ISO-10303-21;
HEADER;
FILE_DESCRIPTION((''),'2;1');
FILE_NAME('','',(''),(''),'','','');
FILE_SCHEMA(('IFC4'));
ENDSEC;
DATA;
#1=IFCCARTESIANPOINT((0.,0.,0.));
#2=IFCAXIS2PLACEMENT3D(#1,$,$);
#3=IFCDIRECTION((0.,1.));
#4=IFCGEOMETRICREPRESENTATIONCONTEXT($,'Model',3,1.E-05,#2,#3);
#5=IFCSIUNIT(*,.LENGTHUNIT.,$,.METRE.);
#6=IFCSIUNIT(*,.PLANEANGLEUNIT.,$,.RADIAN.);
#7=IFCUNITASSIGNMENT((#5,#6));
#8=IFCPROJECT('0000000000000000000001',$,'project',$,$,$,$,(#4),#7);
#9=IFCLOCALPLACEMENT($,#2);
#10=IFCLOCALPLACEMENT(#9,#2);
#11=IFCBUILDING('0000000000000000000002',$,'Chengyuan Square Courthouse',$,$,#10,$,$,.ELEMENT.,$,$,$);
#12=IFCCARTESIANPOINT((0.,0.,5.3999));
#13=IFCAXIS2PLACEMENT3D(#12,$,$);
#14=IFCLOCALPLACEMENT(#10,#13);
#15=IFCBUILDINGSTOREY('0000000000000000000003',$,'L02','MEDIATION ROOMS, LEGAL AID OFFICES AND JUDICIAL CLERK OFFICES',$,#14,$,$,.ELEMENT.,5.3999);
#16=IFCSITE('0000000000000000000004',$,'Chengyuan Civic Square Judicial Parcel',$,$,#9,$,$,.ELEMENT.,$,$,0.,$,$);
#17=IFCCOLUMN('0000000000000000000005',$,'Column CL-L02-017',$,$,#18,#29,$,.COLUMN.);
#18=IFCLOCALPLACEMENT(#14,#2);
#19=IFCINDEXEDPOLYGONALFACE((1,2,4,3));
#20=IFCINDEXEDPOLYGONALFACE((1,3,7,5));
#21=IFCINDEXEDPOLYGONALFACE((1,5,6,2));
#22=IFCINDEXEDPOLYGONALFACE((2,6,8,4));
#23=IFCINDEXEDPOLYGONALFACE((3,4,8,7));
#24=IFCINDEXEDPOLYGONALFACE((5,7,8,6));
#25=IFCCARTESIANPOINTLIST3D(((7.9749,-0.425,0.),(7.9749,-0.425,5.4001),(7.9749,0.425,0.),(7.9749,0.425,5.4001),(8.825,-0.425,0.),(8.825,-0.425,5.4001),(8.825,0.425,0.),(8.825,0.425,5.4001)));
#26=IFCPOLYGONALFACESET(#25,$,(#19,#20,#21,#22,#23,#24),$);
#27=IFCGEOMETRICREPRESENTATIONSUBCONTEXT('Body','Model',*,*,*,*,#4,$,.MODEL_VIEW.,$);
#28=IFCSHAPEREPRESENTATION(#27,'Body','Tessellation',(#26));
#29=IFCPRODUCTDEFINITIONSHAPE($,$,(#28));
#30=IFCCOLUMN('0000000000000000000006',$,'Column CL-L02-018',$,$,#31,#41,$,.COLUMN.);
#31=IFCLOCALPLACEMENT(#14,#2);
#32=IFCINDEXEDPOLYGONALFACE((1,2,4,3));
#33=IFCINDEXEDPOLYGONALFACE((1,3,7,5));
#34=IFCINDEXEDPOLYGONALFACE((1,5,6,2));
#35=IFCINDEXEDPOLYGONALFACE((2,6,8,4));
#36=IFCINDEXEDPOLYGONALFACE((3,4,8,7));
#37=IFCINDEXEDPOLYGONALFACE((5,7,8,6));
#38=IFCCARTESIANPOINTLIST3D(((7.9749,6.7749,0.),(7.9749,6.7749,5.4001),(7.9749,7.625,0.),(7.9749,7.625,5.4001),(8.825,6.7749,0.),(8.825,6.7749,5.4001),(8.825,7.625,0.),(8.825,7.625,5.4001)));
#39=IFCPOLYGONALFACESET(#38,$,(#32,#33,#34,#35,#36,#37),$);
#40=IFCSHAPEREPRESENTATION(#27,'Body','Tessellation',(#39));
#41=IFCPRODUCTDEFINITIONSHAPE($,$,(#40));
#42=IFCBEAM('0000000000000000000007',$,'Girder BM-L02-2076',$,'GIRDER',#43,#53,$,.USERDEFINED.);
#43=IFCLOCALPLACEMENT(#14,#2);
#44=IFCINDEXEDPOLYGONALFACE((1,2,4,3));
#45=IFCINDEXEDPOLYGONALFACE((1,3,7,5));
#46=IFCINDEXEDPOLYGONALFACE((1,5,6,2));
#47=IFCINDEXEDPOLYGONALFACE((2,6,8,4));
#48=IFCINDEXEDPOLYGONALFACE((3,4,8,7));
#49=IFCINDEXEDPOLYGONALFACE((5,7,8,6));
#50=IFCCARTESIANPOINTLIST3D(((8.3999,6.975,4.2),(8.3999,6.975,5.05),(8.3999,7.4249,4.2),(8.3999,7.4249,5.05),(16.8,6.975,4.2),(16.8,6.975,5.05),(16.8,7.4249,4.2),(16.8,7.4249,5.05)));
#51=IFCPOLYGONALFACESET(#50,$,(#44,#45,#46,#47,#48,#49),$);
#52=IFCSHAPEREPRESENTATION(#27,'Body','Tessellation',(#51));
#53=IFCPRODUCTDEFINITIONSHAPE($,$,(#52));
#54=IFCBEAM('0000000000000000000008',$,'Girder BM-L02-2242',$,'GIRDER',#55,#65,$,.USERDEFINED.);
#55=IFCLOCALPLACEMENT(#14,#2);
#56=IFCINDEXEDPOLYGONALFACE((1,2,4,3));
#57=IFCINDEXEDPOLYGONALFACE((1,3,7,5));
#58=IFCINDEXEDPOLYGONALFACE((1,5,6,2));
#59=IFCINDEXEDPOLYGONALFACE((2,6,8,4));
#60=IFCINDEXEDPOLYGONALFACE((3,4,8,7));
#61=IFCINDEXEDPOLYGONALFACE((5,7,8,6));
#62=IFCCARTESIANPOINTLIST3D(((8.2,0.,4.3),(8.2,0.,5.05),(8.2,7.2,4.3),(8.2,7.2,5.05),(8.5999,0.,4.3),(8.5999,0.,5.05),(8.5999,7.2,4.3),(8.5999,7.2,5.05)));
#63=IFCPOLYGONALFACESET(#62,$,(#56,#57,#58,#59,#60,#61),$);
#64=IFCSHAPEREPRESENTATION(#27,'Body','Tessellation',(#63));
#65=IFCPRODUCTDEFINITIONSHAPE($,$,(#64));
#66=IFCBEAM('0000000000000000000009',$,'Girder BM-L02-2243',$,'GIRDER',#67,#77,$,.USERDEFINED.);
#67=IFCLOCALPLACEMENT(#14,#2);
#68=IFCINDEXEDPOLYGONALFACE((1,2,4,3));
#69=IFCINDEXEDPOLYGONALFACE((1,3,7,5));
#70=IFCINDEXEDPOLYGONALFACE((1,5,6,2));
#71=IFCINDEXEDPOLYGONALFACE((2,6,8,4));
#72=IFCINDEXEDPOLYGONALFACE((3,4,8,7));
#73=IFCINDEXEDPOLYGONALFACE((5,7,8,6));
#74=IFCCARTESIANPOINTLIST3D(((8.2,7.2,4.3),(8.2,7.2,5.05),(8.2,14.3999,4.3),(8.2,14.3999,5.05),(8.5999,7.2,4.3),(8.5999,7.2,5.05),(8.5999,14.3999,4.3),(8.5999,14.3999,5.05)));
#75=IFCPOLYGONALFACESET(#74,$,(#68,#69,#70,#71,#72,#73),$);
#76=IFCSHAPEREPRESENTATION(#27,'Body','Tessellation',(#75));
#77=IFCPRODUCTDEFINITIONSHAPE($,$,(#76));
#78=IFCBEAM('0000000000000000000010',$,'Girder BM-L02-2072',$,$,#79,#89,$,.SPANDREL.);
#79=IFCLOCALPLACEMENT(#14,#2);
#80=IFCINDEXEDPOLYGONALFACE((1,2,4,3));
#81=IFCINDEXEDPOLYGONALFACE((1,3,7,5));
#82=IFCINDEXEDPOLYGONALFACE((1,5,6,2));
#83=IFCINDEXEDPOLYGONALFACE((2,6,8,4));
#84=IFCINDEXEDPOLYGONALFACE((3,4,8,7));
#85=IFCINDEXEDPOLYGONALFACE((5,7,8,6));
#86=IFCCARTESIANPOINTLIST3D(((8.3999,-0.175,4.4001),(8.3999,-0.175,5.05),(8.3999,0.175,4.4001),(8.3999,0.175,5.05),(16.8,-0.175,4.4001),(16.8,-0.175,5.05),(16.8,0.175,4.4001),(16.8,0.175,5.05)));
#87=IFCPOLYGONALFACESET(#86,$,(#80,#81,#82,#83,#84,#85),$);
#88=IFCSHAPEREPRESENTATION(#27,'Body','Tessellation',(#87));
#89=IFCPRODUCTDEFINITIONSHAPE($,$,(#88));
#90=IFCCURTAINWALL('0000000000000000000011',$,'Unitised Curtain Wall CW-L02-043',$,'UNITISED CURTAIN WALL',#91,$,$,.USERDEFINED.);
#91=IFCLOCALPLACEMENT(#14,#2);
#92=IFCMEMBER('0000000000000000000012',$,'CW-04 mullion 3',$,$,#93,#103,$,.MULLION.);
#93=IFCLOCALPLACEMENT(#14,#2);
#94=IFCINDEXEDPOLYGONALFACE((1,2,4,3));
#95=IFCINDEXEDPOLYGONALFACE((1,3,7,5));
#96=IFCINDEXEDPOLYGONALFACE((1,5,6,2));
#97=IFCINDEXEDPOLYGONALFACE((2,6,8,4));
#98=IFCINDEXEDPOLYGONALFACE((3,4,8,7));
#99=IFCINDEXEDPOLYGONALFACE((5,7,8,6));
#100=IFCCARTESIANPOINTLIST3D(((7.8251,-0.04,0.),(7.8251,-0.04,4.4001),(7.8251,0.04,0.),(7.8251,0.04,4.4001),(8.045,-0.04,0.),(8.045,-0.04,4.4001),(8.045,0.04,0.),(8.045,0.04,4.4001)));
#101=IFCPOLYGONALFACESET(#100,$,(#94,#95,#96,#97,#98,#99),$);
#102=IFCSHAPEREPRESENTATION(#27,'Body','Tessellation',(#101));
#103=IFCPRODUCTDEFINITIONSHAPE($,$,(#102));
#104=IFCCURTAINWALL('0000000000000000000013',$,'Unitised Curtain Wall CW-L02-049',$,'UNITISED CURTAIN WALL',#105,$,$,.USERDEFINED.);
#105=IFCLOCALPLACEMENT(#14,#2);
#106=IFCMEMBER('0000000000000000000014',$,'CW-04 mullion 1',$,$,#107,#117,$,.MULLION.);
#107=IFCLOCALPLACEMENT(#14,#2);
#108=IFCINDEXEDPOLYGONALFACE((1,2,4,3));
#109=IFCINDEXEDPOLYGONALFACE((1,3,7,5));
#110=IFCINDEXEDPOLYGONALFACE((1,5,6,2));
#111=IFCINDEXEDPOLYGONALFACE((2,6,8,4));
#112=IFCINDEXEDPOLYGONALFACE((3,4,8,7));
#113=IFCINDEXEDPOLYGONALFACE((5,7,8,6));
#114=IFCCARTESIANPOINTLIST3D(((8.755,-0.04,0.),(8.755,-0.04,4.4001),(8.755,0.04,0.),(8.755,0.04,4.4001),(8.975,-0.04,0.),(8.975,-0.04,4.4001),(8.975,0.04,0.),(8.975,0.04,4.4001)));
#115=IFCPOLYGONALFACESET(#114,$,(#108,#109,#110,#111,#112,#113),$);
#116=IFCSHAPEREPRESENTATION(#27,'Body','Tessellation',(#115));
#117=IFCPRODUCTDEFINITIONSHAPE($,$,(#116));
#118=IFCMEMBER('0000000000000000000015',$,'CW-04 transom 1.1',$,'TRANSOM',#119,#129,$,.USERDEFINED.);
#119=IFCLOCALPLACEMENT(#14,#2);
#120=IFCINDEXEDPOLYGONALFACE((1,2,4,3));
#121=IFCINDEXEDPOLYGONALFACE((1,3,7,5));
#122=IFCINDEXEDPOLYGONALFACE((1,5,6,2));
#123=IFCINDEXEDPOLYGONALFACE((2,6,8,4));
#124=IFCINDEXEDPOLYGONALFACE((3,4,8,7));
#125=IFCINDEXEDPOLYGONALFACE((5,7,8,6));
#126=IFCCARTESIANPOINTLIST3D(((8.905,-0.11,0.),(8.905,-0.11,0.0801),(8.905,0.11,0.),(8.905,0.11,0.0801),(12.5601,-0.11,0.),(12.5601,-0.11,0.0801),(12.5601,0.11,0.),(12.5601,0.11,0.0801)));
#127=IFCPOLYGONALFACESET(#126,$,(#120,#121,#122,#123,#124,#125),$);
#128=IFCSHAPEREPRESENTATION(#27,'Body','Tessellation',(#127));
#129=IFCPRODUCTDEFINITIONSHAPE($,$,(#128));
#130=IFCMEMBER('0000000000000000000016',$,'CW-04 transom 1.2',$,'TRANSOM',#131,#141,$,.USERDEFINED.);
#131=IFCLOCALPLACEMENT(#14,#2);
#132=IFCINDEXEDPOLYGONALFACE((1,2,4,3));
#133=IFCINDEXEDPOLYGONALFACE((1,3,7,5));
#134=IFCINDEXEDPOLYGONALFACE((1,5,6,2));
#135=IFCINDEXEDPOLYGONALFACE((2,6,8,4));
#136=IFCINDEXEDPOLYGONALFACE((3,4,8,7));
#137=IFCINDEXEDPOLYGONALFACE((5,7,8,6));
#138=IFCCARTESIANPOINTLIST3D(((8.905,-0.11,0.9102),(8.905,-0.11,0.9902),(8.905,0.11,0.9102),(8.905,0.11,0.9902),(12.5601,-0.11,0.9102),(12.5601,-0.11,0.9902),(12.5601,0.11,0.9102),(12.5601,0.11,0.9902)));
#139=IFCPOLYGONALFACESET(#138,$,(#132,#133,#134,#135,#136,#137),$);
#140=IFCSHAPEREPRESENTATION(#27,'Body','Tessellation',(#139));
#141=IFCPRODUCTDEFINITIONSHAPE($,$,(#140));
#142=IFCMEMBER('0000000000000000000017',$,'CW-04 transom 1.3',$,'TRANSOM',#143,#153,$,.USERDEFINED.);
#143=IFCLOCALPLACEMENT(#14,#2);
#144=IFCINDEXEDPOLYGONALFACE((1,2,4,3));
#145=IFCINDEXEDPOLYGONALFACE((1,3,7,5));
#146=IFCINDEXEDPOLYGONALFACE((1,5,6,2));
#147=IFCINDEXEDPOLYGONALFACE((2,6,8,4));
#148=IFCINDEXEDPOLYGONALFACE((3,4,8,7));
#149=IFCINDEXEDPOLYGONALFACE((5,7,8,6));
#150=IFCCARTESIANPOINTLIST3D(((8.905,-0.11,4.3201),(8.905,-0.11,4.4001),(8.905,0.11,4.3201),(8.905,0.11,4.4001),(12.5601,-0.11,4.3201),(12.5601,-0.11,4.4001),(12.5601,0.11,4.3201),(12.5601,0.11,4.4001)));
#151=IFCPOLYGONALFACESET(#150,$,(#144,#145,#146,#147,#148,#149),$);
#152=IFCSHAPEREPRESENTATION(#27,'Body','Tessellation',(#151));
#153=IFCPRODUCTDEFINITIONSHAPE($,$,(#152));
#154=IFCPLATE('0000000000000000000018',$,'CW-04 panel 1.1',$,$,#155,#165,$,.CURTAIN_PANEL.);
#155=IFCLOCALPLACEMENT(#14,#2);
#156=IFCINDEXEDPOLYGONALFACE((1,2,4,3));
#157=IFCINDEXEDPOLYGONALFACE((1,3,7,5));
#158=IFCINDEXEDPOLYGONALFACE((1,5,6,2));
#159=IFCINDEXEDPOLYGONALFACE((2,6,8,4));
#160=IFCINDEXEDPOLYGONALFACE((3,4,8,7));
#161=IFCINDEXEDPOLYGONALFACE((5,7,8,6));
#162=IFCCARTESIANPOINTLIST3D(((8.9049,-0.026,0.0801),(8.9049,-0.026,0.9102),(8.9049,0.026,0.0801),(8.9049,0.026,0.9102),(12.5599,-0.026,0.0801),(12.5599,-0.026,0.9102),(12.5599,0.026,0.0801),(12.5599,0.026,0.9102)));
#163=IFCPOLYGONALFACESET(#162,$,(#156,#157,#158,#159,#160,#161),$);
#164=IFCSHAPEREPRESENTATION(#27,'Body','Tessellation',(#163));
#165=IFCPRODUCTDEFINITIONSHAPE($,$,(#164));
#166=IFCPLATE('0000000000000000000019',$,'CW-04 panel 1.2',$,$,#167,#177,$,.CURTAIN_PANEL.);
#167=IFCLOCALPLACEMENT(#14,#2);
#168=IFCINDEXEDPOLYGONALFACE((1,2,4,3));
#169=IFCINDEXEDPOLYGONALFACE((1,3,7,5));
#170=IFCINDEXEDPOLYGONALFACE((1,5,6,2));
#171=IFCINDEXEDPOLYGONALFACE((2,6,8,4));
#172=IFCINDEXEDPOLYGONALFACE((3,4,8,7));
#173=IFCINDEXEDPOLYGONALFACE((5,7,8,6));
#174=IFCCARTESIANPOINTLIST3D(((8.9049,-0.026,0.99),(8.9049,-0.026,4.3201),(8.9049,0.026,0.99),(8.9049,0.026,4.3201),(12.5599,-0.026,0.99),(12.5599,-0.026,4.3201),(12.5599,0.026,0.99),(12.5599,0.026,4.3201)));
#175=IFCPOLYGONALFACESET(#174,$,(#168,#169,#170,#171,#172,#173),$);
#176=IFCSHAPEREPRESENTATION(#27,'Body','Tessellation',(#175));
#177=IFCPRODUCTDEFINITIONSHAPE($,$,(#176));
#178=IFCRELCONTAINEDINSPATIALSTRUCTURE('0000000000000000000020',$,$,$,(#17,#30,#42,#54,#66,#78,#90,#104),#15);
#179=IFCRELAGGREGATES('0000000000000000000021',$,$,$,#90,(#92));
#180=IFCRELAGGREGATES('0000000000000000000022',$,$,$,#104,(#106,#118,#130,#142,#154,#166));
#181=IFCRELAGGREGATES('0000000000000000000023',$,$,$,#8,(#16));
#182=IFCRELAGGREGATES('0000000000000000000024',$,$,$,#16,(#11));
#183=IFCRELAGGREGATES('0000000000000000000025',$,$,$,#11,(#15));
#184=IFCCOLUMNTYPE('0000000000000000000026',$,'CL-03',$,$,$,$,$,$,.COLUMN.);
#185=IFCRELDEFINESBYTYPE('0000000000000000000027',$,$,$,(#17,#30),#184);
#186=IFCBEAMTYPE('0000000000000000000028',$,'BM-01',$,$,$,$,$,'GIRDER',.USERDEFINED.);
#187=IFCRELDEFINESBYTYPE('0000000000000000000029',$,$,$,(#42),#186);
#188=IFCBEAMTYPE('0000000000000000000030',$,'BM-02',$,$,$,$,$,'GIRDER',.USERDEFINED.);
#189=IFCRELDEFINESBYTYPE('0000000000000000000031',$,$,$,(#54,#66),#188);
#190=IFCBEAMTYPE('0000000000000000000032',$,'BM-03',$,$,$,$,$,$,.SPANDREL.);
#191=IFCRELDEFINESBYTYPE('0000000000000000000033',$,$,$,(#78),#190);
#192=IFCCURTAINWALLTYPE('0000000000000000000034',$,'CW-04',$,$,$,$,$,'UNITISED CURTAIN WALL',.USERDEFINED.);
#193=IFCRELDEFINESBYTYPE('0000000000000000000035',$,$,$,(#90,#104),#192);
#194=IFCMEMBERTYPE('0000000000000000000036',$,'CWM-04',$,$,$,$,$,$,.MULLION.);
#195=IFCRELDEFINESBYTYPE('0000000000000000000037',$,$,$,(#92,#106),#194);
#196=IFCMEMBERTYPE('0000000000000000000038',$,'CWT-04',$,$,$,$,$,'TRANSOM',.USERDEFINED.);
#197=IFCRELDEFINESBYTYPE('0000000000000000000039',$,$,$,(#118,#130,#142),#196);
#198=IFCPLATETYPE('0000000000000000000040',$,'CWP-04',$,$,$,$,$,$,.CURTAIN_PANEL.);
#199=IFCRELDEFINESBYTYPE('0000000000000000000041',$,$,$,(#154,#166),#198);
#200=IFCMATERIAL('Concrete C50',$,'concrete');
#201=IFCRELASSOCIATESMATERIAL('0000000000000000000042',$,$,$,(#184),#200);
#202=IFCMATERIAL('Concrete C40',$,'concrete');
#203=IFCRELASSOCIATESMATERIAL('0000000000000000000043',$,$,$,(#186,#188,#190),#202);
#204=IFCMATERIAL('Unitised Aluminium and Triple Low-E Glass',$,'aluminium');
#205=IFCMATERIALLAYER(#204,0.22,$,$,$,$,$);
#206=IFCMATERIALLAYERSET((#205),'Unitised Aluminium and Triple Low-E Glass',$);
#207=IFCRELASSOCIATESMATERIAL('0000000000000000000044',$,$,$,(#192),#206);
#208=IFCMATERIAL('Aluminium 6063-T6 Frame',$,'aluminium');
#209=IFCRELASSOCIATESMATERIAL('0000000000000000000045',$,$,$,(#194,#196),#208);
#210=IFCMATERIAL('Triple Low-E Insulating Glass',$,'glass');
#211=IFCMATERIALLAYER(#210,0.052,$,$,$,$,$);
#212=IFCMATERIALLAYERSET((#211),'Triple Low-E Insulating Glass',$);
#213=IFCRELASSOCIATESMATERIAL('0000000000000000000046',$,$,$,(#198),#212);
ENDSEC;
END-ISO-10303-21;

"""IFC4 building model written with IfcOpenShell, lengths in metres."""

from ifc_helpers import new_model, si_unit, direction, frame, origin, origin_2d, place, context, subcontext, project, spatial, rectangle, extrude, material, layer, layer_set, material_profile, profile_set, type_object, element, aggregate, save


model = new_model("IFC4")

# Units and contexts
model_context = context("Model", 3, precision=1e-05, world=origin(), true_north=direction((0.0, 1.0)))
body_context = subcontext(model_context, "Body", "Model", "MODEL_VIEW")
ifc_project = project(units=[si_unit("LENGTHUNIT", "METRE"), si_unit("PLANEANGLEUNIT", "RADIAN")], contexts=[model_context])

# Site, building, storey
site_placement = place(None, origin())
site = spatial("IfcSite", under=ifc_project, at=site_placement, Name="Chengyuan Civic Square Judicial Parcel", CompositionType="ELEMENT", RefElevation=0.0)
building_placement = place(site_placement, origin())
building = spatial("IfcBuilding", under=site, at=building_placement, Name="Chengyuan Square Courthouse", CompositionType="ELEMENT")
storey_placement = place(building_placement, frame((0.0, 0.0, 5.3999)))
storey = spatial("IfcBuildingStorey", under=building, at=storey_placement, Name="L02", Description="MEDIATION ROOMS, LEGAL AID OFFICES AND JUDICIAL CLERK OFFICES", CompositionType="ELEMENT", Elevation=5.3999)

# Columns
ifc_material_1 = material(Name="Concrete C50", Category="concrete")
ifc_material_profile_1 = material_profile(ifc_material_1, rectangle(XDim=0.8501, YDim=0.8501, at=origin_2d()), Name="RC-COL-850x850")
ifc_profile_set_1 = profile_set([ifc_material_profile_1], Name="Concrete C50")
column_type = type_object("IfcColumnType", Name="CL-03", PredefinedType="COLUMN", material=ifc_profile_set_1)
for number, where, z_axis, x_axis, name in (
    (1, (8.3999, 0.0, 0.0), (0.0, 0.0, 1.0), (1.0, 0.0, 0.0), "Column CL-L02-017"),
    (2, (8.3999, 7.2, 0.0), (0.0, 0.0, 1.0), (1.0, 0.0, 0.0), "Column CL-L02-018"),
):
    element("IfcColumn", number, at=place(storey_placement, frame(where, z_axis=z_axis, x_axis=x_axis)), inside=storey, type_object=column_type, Name=name, PredefinedType="COLUMN", context=body_context, shape_type="SweptSolid", body=[
        extrude(rectangle(XDim=0.8501, YDim=0.8501, at=origin_2d()), origin(), (0.0, 0.0, 1.0), 5.4001),
    ])

# Beams
ifc_material_2 = material(Name="Concrete C40", Category="concrete")
ifc_material_profile_2 = material_profile(ifc_material_2, rectangle(XDim=0.45, YDim=0.8501, at=origin_2d()), Name="RC-BM-450x850")
ifc_profile_set_2 = profile_set([ifc_material_profile_2], Name="Concrete C40")
beam_type_1 = type_object("IfcBeamType", Name="BM-01", ElementType="GIRDER", PredefinedType="USERDEFINED", material=ifc_profile_set_2)
beam_1_placement = place(storey_placement, frame((8.3999, 7.2, 4.625), z_axis=(1.0, 0.0, 0.0), x_axis=(0.0, 1.0, 0.0)))
element("IfcBeam", 3, at=beam_1_placement, inside=storey, type_object=beam_type_1, Name="Girder BM-L02-2076", ObjectType="GIRDER", PredefinedType="USERDEFINED", context=body_context, shape_type="SweptSolid", body=[
    extrude(rectangle(XDim=0.45, YDim=0.8501, at=origin_2d()), origin(), (0.0, 0.0, 1.0), 8.4001),
])
ifc_material_profile_3 = material_profile(ifc_material_2, rectangle(XDim=0.3999, YDim=0.75, at=origin_2d()), Name="RC-BM-400x750")
ifc_profile_set_3 = profile_set([ifc_material_profile_3], Name="Concrete C40")
beam_type_2 = type_object("IfcBeamType", Name="BM-02", ElementType="GIRDER", PredefinedType="USERDEFINED", material=ifc_profile_set_3)
for number, where, z_axis, x_axis, name in (
    (4, (8.3999, 0.0, 4.675), (0.0, 1.0, 0.0), (-1.0, 0.0, 0.0), "Girder BM-L02-2242"),
    (5, (8.3999, 7.2, 4.675), (0.0, 1.0, 0.0), (-1.0, 0.0, 0.0), "Girder BM-L02-2243"),
):
    element("IfcBeam", number, at=place(storey_placement, frame(where, z_axis=z_axis, x_axis=x_axis)), inside=storey, type_object=beam_type_2, Name=name, ObjectType="GIRDER", PredefinedType="USERDEFINED", context=body_context, shape_type="SweptSolid", body=[
        extrude(rectangle(XDim=0.3999, YDim=0.75, at=origin_2d()), origin(), (0.0, 0.0, 1.0), 7.2),
    ])
ifc_material_profile_4 = material_profile(ifc_material_2, rectangle(XDim=0.3501, YDim=0.6499, at=origin_2d()), Name="RC-BM-350x650")
ifc_profile_set_4 = profile_set([ifc_material_profile_4], Name="Concrete C40")
beam_type_3 = type_object("IfcBeamType", Name="BM-03", PredefinedType="SPANDREL", material=ifc_profile_set_4)
beam_2_placement = place(storey_placement, frame((8.3999, 0.0, 4.7251), z_axis=(1.0, 0.0, 0.0), x_axis=(0.0, 1.0, 0.0)))
element("IfcBeam", 6, at=beam_2_placement, inside=storey, type_object=beam_type_3, Name="Girder BM-L02-2072", PredefinedType="SPANDREL", context=body_context, shape_type="SweptSolid", body=[
    extrude(rectangle(XDim=0.3501, YDim=0.6499, at=origin_2d()), origin(), (0.0, 0.0, 1.0), 8.4001),
])

# Curtain wall, member
ifc_material_3 = material(Name="Unitised Aluminium and Triple Low-E Glass", Category="aluminium")
ifc_layer_1 = layer(ifc_material_3, 0.22)
ifc_layer_set_1 = layer_set([ifc_layer_1], Name="Unitised Aluminium and Triple Low-E Glass")
curtain_wall_type = type_object("IfcCurtainWallType", Name="CW-04", ElementType="UNITISED CURTAIN WALL", PredefinedType="USERDEFINED", material=ifc_layer_set_1)
curtain_wall_1_placement = place(storey_placement, origin())
curtain_wall_1 = element("IfcCurtainWall", 7, at=curtain_wall_1_placement, inside=storey, type_object=curtain_wall_type, Name="Unitised Curtain Wall CW-L02-043", ObjectType="UNITISED CURTAIN WALL", PredefinedType="USERDEFINED")
ifc_material_4 = material(Name="Aluminium 6063-T6 Frame", Category="aluminium")
ifc_material_profile_5 = material_profile(ifc_material_4, rectangle(XDim=0.0801, YDim=0.22, at=origin_2d()), Name="CW-MUL-80x220")
ifc_profile_set_5 = profile_set([ifc_material_profile_5], Name="Aluminium 6063-T6 Frame")
member_type_1 = type_object("IfcMemberType", Name="CWM-04", PredefinedType="MULLION", material=ifc_profile_set_5)
member_1_placement = place(storey_placement, frame((7.9351, 0.0, 0.0), z_axis=(0.0, 0.0, 1.0), x_axis=(0.0, 1.0, 0.0)))
member_1 = element("IfcMember", 8, at=member_1_placement, type_object=member_type_1, Name="CW-04 mullion 3", PredefinedType="MULLION", context=body_context, shape_type="SweptSolid", body=[
    extrude(rectangle(XDim=0.0801, YDim=0.22, at=origin_2d()), origin(), (0.0, 0.0, 1.0), 4.4001),
])
aggregate(curtain_wall_1, [member_1])

# Curtain wall, members, plates
curtain_wall_2_placement = place(storey_placement, origin())
curtain_wall_2 = element("IfcCurtainWall", 9, at=curtain_wall_2_placement, inside=storey, type_object=curtain_wall_type, Name="Unitised Curtain Wall CW-L02-049", ObjectType="UNITISED CURTAIN WALL", PredefinedType="USERDEFINED")
member_2_placement = place(storey_placement, frame((8.865, 0.0, 0.0), z_axis=(0.0, 0.0, 1.0), x_axis=(0.0, 1.0, 0.0)))
member_2 = element("IfcMember", 10, at=member_2_placement, type_object=member_type_1, Name="CW-04 mullion 1", PredefinedType="MULLION", context=body_context, shape_type="SweptSolid", body=[
    extrude(rectangle(XDim=0.0801, YDim=0.22, at=origin_2d()), origin(), (0.0, 0.0, 1.0), 4.4001),
])
ifc_material_profile_6 = material_profile(ifc_material_4, rectangle(XDim=0.22, YDim=0.0801, at=origin_2d()), Name="CW-TRN-80x180")
ifc_profile_set_6 = profile_set([ifc_material_profile_6], Name="Aluminium 6063-T6 Frame")
member_type_2 = type_object("IfcMemberType", Name="CWT-04", ElementType="TRANSOM", PredefinedType="USERDEFINED", material=ifc_profile_set_6)
member_3_placement = place(storey_placement, frame((8.905, 0.0, 0.04), z_axis=(1.0, 0.0, 0.0), x_axis=(0.0, 1.0, 0.0)))
member_3 = element("IfcMember", 11, at=member_3_placement, type_object=member_type_2, Name="CW-04 transom 1.1", ObjectType="TRANSOM", PredefinedType="USERDEFINED", context=body_context, shape_type="SweptSolid", body=[
    extrude(rectangle(XDim=0.22, YDim=0.0801, at=origin_2d()), origin(), (0.0, 0.0, 1.0), 3.655),
])
member_4_placement = place(storey_placement, frame((8.905, 0.0, 0.9502), z_axis=(1.0, 0.0, 0.0), x_axis=(0.0, 1.0, 0.0)))
member_4 = element("IfcMember", 12, at=member_4_placement, type_object=member_type_2, Name="CW-04 transom 1.2", ObjectType="TRANSOM", PredefinedType="USERDEFINED", context=body_context, shape_type="SweptSolid", body=[
    extrude(rectangle(XDim=0.22, YDim=0.0801, at=origin_2d()), origin(), (0.0, 0.0, 1.0), 3.655),
])
member_5_placement = place(storey_placement, frame((8.905, 0.0, 4.3601), z_axis=(1.0, 0.0, 0.0), x_axis=(0.0, 1.0, 0.0)))
member_5 = element("IfcMember", 13, at=member_5_placement, type_object=member_type_2, Name="CW-04 transom 1.3", ObjectType="TRANSOM", PredefinedType="USERDEFINED", context=body_context, shape_type="SweptSolid", body=[
    extrude(rectangle(XDim=0.22, YDim=0.0801, at=origin_2d()), origin(), (0.0, 0.0, 1.0), 3.655),
])
ifc_material_5 = material(Name="Triple Low-E Insulating Glass", Category="glass")
ifc_layer_2 = layer(ifc_material_5, 0.052)
ifc_layer_set_2 = layer_set([ifc_layer_2], Name="Triple Low-E Insulating Glass")
plate_type = type_object("IfcPlateType", Name="CWP-04", PredefinedType="CURTAIN_PANEL", material=ifc_layer_set_2)
plate_1_placement = place(storey_placement, frame((10.7324, 0.0, 0.0801), z_axis=(0.0, 0.0, 1.0), x_axis=(1.0, 0.0, 0.0)))
plate_1 = element("IfcPlate", 14, at=plate_1_placement, type_object=plate_type, Name="CW-04 panel 1.1", PredefinedType="CURTAIN_PANEL", context=body_context, shape_type="SweptSolid", body=[
    extrude(rectangle(XDim=3.655, YDim=0.052, at=origin_2d()), origin(), (0.0, 0.0, 1.0), 0.8301),
])
plate_2_placement = place(storey_placement, frame((10.7324, 0.0, 0.99), z_axis=(0.0, 0.0, 1.0), x_axis=(1.0, 0.0, 0.0)))
plate_2 = element("IfcPlate", 15, at=plate_2_placement, type_object=plate_type, Name="CW-04 panel 1.2", PredefinedType="CURTAIN_PANEL", context=body_context, shape_type="SweptSolid", body=[
    extrude(rectangle(XDim=3.655, YDim=0.052, at=origin_2d()), origin(), (0.0, 0.0, 1.0), 3.3301),
])
aggregate(curtain_wall_2, [member_2, member_3, member_4, member_5, plate_1, plate_2])

save(model, "model.ifc")
